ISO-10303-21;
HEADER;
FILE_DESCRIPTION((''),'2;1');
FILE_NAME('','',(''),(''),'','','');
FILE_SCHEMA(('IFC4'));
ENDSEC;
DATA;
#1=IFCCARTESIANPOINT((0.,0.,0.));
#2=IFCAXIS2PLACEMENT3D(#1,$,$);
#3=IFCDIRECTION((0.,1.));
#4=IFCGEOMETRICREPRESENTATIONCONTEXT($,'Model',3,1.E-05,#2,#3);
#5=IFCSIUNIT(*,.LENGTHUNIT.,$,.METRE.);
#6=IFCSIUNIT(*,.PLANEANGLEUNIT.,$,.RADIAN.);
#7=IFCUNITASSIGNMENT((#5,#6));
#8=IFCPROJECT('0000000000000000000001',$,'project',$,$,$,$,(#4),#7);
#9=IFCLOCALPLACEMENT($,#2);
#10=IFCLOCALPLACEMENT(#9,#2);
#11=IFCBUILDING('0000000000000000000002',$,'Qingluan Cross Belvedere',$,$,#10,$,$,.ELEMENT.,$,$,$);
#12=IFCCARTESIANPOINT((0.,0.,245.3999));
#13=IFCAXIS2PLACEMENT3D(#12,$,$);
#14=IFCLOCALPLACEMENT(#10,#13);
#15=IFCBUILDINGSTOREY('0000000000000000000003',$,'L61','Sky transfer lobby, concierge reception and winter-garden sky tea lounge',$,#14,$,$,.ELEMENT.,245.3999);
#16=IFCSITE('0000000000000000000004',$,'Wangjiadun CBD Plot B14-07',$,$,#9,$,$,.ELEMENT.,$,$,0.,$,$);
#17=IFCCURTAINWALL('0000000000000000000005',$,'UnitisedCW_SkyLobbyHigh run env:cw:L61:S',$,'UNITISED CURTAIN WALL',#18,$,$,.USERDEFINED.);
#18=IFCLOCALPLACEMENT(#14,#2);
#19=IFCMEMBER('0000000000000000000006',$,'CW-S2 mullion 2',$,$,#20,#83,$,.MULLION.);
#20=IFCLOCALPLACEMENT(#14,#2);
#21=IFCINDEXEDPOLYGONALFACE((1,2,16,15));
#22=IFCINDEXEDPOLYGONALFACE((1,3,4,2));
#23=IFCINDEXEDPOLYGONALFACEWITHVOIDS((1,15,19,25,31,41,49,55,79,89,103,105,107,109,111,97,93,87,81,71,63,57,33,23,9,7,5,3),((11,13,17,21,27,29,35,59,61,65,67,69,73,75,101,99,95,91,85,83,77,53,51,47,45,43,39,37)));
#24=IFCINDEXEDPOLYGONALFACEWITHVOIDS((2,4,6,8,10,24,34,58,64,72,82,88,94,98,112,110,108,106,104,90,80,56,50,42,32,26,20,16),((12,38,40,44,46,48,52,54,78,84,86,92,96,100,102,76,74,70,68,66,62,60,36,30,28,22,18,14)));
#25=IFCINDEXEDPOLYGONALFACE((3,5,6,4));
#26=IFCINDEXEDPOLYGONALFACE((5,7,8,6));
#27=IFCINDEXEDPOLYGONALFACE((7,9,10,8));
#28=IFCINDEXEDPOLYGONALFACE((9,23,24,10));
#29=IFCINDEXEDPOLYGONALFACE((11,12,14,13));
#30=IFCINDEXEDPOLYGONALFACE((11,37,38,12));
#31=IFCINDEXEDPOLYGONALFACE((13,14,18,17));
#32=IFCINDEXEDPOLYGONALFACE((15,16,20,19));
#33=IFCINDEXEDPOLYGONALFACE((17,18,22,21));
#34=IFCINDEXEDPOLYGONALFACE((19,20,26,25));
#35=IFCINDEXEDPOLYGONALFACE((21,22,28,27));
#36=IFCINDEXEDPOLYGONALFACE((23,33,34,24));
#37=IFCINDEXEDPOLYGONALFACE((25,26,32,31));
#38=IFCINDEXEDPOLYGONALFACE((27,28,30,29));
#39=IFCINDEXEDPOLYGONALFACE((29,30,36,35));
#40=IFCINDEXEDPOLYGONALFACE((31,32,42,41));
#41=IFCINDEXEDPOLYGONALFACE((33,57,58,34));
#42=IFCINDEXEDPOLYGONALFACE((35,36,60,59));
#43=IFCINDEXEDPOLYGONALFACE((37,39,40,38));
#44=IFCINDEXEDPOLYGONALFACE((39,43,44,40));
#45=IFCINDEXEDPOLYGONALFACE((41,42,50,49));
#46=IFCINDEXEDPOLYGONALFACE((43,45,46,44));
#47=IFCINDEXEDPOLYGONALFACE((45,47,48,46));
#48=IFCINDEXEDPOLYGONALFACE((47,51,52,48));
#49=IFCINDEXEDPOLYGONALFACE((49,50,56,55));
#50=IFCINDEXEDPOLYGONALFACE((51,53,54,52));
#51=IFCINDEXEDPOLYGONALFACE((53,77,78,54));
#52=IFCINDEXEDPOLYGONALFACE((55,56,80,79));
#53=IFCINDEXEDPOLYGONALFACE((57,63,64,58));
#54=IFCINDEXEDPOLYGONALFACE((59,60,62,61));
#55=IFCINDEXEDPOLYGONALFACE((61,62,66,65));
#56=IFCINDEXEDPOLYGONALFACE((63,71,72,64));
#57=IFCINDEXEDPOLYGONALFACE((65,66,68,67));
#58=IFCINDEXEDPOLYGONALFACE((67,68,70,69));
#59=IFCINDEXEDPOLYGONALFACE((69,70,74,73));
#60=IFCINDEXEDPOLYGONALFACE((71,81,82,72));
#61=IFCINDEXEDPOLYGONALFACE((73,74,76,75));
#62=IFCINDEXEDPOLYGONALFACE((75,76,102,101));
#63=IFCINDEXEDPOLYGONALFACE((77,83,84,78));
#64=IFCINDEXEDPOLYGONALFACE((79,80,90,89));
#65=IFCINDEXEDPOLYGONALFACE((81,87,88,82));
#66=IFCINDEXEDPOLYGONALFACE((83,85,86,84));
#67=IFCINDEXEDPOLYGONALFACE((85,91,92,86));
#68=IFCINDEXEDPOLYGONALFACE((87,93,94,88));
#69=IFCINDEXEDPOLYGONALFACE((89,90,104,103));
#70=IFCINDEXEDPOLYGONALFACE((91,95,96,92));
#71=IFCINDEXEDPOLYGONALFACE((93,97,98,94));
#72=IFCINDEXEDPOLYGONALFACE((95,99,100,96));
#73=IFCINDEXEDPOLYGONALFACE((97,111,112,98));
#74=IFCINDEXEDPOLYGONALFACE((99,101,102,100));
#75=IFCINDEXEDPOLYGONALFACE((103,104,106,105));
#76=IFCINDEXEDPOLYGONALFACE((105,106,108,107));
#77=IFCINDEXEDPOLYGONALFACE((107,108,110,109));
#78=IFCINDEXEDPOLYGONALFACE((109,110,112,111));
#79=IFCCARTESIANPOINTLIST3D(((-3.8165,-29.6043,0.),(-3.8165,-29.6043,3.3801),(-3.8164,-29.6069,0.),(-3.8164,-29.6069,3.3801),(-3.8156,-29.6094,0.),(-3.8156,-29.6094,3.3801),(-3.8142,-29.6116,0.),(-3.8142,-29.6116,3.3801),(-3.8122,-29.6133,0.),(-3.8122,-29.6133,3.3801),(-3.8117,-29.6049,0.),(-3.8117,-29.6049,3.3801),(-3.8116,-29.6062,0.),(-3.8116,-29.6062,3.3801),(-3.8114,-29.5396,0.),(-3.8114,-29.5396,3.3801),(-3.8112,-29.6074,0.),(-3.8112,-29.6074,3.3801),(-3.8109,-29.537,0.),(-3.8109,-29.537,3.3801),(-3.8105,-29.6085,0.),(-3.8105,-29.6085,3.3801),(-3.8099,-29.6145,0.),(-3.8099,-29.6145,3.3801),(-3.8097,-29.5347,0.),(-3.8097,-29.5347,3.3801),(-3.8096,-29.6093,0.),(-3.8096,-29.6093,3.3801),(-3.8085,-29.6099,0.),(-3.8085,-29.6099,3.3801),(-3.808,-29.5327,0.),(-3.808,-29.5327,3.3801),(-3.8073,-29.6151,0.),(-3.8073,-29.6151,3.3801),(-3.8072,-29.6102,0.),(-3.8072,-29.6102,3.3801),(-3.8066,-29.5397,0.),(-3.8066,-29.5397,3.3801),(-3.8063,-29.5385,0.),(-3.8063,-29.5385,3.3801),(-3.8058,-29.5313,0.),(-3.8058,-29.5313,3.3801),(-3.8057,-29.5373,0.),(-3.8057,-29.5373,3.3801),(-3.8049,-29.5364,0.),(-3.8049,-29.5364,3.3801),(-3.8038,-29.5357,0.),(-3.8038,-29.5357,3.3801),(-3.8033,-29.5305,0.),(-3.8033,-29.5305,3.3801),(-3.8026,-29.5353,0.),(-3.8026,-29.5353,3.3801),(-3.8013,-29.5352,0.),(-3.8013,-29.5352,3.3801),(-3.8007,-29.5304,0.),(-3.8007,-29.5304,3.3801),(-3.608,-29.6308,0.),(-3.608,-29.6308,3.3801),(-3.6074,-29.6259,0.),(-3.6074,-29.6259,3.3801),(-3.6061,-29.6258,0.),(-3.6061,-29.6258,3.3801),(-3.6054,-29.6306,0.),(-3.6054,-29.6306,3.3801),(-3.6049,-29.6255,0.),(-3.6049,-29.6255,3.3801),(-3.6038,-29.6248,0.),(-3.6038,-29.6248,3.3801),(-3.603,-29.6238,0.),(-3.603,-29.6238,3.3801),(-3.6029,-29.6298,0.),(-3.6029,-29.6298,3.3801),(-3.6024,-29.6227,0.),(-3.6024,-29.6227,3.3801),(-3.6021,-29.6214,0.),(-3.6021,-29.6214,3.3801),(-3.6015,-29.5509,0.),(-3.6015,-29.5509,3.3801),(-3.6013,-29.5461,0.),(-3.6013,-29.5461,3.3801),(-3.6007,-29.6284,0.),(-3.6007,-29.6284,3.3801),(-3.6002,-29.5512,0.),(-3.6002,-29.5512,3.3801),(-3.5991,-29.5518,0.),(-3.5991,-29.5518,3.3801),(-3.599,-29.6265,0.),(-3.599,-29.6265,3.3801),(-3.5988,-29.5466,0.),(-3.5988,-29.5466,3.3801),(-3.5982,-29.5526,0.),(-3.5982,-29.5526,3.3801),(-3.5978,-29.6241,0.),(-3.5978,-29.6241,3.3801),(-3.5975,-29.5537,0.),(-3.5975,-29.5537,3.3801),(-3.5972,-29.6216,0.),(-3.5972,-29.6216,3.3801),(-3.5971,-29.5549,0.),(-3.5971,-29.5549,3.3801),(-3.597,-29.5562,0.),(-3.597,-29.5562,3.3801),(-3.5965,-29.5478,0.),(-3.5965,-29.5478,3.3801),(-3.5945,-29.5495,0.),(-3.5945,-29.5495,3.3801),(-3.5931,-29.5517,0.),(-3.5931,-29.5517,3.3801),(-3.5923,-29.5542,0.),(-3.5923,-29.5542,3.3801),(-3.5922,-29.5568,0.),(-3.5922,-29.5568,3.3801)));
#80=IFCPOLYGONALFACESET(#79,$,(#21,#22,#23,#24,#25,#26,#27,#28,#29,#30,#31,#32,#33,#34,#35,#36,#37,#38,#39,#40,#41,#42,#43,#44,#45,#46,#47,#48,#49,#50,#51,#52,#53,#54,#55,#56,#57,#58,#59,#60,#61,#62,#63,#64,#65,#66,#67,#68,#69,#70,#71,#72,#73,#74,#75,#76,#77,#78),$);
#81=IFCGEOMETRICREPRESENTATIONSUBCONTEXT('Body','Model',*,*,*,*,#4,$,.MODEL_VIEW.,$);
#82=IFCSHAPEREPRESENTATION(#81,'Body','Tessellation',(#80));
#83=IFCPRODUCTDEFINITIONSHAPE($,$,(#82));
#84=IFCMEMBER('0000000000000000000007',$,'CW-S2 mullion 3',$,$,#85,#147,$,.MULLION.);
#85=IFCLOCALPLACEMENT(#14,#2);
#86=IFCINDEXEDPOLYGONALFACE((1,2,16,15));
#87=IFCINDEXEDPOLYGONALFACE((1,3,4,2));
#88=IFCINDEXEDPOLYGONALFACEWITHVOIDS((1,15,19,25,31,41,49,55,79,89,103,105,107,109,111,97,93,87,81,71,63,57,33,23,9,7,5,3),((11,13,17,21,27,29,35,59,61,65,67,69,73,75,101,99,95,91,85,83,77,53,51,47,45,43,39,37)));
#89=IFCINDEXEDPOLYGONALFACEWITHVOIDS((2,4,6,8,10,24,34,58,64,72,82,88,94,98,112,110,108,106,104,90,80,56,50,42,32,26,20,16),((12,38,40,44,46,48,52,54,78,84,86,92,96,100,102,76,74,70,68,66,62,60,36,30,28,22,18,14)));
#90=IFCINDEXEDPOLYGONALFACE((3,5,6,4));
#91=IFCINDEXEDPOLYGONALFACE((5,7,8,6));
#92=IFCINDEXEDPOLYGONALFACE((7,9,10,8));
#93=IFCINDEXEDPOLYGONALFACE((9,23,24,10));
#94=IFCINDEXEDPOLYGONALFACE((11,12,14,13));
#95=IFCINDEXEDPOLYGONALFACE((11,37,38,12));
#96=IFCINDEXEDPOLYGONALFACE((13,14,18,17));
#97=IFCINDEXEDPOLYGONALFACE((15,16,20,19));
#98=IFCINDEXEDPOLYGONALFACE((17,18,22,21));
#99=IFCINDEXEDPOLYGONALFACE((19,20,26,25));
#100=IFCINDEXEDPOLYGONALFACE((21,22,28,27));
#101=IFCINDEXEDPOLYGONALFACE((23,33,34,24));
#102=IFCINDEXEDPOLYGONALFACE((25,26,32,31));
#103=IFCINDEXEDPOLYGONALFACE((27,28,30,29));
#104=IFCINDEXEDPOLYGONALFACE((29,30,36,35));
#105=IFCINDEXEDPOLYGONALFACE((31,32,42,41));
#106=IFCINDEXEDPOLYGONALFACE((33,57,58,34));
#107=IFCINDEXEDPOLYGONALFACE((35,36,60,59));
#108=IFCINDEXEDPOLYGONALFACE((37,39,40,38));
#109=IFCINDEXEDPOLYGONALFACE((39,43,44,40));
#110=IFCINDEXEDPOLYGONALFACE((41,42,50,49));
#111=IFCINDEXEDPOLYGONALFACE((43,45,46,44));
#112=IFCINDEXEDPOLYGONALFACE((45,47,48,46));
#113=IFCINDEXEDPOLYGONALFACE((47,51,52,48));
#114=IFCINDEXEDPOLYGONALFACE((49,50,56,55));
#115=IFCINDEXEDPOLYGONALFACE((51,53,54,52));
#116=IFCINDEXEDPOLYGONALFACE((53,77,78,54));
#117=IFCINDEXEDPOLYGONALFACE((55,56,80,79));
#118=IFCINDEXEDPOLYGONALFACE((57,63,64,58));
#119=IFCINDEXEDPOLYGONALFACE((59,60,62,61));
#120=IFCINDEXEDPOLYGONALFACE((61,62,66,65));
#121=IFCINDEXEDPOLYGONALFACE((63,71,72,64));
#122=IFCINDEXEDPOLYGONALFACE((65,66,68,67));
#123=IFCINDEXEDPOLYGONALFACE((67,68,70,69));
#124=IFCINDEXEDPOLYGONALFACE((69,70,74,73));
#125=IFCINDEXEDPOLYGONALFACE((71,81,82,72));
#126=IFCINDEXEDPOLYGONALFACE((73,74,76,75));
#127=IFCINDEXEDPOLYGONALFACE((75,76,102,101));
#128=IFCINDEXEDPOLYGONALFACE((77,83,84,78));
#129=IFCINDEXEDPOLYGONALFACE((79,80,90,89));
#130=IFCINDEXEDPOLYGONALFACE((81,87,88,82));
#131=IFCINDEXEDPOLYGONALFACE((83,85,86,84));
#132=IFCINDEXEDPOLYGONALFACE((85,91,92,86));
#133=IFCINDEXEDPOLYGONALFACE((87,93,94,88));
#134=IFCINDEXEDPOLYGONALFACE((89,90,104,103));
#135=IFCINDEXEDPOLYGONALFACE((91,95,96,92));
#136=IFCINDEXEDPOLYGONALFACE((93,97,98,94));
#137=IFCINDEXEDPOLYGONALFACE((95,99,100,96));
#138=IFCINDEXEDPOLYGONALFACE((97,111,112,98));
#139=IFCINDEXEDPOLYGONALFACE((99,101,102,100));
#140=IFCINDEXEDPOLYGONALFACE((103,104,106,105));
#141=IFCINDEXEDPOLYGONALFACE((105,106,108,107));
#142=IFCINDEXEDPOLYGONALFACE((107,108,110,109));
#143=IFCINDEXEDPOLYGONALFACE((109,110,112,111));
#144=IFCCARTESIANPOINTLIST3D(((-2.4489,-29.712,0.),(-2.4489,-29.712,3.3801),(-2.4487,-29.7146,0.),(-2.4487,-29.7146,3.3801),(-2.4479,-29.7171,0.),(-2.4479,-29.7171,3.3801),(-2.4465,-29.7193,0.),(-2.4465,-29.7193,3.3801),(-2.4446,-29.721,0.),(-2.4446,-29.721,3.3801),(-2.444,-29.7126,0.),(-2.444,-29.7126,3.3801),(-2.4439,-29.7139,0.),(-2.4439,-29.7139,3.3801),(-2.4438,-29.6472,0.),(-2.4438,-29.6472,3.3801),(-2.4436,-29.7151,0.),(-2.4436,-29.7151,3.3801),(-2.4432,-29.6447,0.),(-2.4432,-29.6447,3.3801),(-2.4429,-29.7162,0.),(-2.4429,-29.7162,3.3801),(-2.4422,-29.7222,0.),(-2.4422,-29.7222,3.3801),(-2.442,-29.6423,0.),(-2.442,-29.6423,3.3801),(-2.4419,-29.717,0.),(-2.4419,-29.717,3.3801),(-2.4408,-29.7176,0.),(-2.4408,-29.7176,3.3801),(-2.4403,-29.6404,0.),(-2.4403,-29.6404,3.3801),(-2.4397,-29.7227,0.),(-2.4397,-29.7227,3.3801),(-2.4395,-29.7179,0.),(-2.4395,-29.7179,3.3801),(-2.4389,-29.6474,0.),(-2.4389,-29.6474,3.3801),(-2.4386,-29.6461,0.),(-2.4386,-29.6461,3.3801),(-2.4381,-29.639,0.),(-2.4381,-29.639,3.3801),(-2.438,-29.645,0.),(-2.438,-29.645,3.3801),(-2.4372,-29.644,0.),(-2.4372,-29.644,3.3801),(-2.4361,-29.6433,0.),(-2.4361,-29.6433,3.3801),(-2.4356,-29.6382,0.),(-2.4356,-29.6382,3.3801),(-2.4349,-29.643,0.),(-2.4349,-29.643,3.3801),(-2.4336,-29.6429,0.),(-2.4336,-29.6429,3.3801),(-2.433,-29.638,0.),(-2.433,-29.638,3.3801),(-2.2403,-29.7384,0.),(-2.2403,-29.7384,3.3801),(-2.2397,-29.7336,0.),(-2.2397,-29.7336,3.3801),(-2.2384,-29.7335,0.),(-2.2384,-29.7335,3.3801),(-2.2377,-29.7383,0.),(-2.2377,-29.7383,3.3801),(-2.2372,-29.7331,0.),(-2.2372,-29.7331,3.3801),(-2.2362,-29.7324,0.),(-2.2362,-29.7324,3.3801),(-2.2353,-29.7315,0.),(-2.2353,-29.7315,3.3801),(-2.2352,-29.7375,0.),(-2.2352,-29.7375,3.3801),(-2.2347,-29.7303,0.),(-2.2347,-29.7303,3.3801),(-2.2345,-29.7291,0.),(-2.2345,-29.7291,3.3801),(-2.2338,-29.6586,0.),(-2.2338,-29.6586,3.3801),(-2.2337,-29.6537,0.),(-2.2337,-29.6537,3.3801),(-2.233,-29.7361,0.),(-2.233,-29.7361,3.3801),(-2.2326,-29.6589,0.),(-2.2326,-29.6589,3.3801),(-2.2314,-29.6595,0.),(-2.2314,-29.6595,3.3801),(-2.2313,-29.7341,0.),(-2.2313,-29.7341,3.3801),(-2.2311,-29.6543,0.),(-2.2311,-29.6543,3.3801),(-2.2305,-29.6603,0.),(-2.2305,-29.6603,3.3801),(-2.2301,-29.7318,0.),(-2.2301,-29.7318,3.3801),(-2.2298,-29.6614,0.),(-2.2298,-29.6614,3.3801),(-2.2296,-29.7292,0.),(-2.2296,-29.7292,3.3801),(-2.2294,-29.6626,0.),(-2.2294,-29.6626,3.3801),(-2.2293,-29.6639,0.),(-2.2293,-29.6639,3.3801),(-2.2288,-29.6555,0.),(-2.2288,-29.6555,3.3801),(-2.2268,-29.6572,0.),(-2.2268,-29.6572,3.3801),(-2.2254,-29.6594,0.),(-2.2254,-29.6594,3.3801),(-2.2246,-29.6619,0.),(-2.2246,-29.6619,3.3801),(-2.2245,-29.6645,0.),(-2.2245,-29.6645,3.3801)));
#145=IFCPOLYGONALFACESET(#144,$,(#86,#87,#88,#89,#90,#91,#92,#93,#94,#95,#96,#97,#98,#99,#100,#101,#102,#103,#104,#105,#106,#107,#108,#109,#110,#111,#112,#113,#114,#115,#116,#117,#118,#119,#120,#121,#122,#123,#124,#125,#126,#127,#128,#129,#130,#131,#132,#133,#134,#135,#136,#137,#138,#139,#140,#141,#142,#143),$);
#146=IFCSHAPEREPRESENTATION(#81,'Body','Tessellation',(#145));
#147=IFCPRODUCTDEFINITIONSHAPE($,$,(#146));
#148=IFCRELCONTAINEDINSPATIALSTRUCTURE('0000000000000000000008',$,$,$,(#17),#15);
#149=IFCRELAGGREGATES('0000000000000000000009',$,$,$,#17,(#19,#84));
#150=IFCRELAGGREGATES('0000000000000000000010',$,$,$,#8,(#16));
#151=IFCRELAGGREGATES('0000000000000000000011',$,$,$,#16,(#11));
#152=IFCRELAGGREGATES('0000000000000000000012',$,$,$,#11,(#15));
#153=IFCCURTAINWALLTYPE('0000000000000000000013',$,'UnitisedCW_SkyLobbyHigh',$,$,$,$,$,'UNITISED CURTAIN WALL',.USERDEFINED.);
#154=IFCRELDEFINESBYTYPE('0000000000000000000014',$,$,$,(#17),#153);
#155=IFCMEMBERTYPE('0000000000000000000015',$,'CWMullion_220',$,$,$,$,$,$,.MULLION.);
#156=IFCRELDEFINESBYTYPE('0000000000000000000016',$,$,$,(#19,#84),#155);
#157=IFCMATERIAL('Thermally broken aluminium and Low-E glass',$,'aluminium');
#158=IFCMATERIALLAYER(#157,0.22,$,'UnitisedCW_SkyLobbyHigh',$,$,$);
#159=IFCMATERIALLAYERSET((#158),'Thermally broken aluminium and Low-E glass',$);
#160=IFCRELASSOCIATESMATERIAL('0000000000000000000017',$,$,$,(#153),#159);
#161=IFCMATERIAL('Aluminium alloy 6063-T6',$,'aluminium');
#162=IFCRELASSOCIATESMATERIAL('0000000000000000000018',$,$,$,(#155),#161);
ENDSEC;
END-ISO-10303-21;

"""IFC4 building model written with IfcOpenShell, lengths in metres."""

from ifc_helpers import new_model, si_unit, direction, frame, origin, origin_2d, place, context, subcontext, project, spatial, hollow_rectangle, extrude, material, layer, layer_set, material_profile, profile_set, type_object, element, aggregate, save


model = new_model("IFC4")

# Units and contexts
model_context = context("Model", 3, precision=1e-05, world=origin(), true_north=direction((0.0, 1.0)))
body_context = subcontext(model_context, "Body", "Model", "MODEL_VIEW")
ifc_project = project(units=[si_unit("LENGTHUNIT", "METRE"), si_unit("PLANEANGLEUNIT", "RADIAN")], contexts=[model_context])

# Site, building, storey
site_placement = place(None, origin())
site = spatial("IfcSite", under=ifc_project, at=site_placement, Name="Wangjiadun CBD Plot B14-07", CompositionType="ELEMENT", RefElevation=0.0)
building_placement = place(site_placement, origin())
building = spatial("IfcBuilding", under=site, at=building_placement, Name="Qingluan Cross Belvedere", CompositionType="ELEMENT")
storey_placement = place(building_placement, frame((0.0, 0.0, 245.3999)))
storey = spatial("IfcBuildingStorey", under=building, at=storey_placement, Name="L61", Description="Sky transfer lobby, concierge reception and winter-garden sky tea lounge", CompositionType="ELEMENT", Elevation=245.3999)

# Curtain wall, members
ifc_material_1 = material(Name="Thermally broken aluminium and Low-E glass", Category="aluminium")
ifc_layer_1 = layer(ifc_material_1, 0.22, Name="UnitisedCW_SkyLobbyHigh")
ifc_layer_set_1 = layer_set([ifc_layer_1], Name="Thermally broken aluminium and Low-E glass")
curtain_wall_type = type_object("IfcCurtainWallType", Name="UnitisedCW_SkyLobbyHigh", ElementType="UNITISED CURTAIN WALL", PredefinedType="USERDEFINED", material=ifc_layer_set_1)
curtain_wall_placement = place(storey_placement, origin())
curtain_wall = element("IfcCurtainWall", 1, at=curtain_wall_placement, inside=storey, type_object=curtain_wall_type, Name="UnitisedCW_SkyLobbyHigh run env:cw:L61:S", ObjectType="UNITISED CURTAIN WALL", PredefinedType="USERDEFINED")
ifc_material_2 = material(Name="Aluminium alloy 6063-T6", Category="aluminium")
ifc_material_profile_1 = material_profile(ifc_material_2, hollow_rectangle(XDim=0.085, YDim=0.22, WallThickness=0.0049, InnerFilletRadius=0.0049, OuterFilletRadius=0.01, at=origin_2d()), Name="CWM220x85x5")
ifc_profile_set_1 = profile_set([ifc_material_profile_1], Name="Aluminium alloy 6063-T6")
member_type_1 = type_object("IfcMemberType", Name="CWMullion_220", PredefinedType="MULLION", material=ifc_profile_set_1)
member_1_placement = place(storey_placement, frame((-3.7043, -29.5806, 0.0), z_axis=(0.0, 0.0, 1.0), x_axis=(0.078462, 0.996917, 0.0)))
member_1 = element("IfcMember", 2, at=member_1_placement, type_object=member_type_1, Name="CW-S2 mullion 2", PredefinedType="MULLION", context=body_context, shape_type="SweptSolid", body=[
    extrude(hollow_rectangle(XDim=0.085, YDim=0.22, WallThickness=0.0049, InnerFilletRadius=0.0049, OuterFilletRadius=0.01, at=origin_2d()), origin(), (0.0, 0.0, 1.0), 3.3801),
])
member_2_placement = place(storey_placement, frame((-2.3367, -29.6882, 0.0), z_axis=(0.0, 0.0, 1.0), x_axis=(0.078462, 0.996917, 0.0)))
member_2 = element("IfcMember", 3, at=member_2_placement, type_object=member_type_1, Name="CW-S2 mullion 3", PredefinedType="MULLION", context=body_context, shape_type="SweptSolid", body=[
    extrude(hollow_rectangle(XDim=0.085, YDim=0.22, WallThickness=0.0049, InnerFilletRadius=0.0049, OuterFilletRadius=0.01, at=origin_2d()), origin(), (0.0, 0.0, 1.0), 3.3801),
])
aggregate(curtain_wall, [member_1, member_2])

save(model, "model.ifc")
